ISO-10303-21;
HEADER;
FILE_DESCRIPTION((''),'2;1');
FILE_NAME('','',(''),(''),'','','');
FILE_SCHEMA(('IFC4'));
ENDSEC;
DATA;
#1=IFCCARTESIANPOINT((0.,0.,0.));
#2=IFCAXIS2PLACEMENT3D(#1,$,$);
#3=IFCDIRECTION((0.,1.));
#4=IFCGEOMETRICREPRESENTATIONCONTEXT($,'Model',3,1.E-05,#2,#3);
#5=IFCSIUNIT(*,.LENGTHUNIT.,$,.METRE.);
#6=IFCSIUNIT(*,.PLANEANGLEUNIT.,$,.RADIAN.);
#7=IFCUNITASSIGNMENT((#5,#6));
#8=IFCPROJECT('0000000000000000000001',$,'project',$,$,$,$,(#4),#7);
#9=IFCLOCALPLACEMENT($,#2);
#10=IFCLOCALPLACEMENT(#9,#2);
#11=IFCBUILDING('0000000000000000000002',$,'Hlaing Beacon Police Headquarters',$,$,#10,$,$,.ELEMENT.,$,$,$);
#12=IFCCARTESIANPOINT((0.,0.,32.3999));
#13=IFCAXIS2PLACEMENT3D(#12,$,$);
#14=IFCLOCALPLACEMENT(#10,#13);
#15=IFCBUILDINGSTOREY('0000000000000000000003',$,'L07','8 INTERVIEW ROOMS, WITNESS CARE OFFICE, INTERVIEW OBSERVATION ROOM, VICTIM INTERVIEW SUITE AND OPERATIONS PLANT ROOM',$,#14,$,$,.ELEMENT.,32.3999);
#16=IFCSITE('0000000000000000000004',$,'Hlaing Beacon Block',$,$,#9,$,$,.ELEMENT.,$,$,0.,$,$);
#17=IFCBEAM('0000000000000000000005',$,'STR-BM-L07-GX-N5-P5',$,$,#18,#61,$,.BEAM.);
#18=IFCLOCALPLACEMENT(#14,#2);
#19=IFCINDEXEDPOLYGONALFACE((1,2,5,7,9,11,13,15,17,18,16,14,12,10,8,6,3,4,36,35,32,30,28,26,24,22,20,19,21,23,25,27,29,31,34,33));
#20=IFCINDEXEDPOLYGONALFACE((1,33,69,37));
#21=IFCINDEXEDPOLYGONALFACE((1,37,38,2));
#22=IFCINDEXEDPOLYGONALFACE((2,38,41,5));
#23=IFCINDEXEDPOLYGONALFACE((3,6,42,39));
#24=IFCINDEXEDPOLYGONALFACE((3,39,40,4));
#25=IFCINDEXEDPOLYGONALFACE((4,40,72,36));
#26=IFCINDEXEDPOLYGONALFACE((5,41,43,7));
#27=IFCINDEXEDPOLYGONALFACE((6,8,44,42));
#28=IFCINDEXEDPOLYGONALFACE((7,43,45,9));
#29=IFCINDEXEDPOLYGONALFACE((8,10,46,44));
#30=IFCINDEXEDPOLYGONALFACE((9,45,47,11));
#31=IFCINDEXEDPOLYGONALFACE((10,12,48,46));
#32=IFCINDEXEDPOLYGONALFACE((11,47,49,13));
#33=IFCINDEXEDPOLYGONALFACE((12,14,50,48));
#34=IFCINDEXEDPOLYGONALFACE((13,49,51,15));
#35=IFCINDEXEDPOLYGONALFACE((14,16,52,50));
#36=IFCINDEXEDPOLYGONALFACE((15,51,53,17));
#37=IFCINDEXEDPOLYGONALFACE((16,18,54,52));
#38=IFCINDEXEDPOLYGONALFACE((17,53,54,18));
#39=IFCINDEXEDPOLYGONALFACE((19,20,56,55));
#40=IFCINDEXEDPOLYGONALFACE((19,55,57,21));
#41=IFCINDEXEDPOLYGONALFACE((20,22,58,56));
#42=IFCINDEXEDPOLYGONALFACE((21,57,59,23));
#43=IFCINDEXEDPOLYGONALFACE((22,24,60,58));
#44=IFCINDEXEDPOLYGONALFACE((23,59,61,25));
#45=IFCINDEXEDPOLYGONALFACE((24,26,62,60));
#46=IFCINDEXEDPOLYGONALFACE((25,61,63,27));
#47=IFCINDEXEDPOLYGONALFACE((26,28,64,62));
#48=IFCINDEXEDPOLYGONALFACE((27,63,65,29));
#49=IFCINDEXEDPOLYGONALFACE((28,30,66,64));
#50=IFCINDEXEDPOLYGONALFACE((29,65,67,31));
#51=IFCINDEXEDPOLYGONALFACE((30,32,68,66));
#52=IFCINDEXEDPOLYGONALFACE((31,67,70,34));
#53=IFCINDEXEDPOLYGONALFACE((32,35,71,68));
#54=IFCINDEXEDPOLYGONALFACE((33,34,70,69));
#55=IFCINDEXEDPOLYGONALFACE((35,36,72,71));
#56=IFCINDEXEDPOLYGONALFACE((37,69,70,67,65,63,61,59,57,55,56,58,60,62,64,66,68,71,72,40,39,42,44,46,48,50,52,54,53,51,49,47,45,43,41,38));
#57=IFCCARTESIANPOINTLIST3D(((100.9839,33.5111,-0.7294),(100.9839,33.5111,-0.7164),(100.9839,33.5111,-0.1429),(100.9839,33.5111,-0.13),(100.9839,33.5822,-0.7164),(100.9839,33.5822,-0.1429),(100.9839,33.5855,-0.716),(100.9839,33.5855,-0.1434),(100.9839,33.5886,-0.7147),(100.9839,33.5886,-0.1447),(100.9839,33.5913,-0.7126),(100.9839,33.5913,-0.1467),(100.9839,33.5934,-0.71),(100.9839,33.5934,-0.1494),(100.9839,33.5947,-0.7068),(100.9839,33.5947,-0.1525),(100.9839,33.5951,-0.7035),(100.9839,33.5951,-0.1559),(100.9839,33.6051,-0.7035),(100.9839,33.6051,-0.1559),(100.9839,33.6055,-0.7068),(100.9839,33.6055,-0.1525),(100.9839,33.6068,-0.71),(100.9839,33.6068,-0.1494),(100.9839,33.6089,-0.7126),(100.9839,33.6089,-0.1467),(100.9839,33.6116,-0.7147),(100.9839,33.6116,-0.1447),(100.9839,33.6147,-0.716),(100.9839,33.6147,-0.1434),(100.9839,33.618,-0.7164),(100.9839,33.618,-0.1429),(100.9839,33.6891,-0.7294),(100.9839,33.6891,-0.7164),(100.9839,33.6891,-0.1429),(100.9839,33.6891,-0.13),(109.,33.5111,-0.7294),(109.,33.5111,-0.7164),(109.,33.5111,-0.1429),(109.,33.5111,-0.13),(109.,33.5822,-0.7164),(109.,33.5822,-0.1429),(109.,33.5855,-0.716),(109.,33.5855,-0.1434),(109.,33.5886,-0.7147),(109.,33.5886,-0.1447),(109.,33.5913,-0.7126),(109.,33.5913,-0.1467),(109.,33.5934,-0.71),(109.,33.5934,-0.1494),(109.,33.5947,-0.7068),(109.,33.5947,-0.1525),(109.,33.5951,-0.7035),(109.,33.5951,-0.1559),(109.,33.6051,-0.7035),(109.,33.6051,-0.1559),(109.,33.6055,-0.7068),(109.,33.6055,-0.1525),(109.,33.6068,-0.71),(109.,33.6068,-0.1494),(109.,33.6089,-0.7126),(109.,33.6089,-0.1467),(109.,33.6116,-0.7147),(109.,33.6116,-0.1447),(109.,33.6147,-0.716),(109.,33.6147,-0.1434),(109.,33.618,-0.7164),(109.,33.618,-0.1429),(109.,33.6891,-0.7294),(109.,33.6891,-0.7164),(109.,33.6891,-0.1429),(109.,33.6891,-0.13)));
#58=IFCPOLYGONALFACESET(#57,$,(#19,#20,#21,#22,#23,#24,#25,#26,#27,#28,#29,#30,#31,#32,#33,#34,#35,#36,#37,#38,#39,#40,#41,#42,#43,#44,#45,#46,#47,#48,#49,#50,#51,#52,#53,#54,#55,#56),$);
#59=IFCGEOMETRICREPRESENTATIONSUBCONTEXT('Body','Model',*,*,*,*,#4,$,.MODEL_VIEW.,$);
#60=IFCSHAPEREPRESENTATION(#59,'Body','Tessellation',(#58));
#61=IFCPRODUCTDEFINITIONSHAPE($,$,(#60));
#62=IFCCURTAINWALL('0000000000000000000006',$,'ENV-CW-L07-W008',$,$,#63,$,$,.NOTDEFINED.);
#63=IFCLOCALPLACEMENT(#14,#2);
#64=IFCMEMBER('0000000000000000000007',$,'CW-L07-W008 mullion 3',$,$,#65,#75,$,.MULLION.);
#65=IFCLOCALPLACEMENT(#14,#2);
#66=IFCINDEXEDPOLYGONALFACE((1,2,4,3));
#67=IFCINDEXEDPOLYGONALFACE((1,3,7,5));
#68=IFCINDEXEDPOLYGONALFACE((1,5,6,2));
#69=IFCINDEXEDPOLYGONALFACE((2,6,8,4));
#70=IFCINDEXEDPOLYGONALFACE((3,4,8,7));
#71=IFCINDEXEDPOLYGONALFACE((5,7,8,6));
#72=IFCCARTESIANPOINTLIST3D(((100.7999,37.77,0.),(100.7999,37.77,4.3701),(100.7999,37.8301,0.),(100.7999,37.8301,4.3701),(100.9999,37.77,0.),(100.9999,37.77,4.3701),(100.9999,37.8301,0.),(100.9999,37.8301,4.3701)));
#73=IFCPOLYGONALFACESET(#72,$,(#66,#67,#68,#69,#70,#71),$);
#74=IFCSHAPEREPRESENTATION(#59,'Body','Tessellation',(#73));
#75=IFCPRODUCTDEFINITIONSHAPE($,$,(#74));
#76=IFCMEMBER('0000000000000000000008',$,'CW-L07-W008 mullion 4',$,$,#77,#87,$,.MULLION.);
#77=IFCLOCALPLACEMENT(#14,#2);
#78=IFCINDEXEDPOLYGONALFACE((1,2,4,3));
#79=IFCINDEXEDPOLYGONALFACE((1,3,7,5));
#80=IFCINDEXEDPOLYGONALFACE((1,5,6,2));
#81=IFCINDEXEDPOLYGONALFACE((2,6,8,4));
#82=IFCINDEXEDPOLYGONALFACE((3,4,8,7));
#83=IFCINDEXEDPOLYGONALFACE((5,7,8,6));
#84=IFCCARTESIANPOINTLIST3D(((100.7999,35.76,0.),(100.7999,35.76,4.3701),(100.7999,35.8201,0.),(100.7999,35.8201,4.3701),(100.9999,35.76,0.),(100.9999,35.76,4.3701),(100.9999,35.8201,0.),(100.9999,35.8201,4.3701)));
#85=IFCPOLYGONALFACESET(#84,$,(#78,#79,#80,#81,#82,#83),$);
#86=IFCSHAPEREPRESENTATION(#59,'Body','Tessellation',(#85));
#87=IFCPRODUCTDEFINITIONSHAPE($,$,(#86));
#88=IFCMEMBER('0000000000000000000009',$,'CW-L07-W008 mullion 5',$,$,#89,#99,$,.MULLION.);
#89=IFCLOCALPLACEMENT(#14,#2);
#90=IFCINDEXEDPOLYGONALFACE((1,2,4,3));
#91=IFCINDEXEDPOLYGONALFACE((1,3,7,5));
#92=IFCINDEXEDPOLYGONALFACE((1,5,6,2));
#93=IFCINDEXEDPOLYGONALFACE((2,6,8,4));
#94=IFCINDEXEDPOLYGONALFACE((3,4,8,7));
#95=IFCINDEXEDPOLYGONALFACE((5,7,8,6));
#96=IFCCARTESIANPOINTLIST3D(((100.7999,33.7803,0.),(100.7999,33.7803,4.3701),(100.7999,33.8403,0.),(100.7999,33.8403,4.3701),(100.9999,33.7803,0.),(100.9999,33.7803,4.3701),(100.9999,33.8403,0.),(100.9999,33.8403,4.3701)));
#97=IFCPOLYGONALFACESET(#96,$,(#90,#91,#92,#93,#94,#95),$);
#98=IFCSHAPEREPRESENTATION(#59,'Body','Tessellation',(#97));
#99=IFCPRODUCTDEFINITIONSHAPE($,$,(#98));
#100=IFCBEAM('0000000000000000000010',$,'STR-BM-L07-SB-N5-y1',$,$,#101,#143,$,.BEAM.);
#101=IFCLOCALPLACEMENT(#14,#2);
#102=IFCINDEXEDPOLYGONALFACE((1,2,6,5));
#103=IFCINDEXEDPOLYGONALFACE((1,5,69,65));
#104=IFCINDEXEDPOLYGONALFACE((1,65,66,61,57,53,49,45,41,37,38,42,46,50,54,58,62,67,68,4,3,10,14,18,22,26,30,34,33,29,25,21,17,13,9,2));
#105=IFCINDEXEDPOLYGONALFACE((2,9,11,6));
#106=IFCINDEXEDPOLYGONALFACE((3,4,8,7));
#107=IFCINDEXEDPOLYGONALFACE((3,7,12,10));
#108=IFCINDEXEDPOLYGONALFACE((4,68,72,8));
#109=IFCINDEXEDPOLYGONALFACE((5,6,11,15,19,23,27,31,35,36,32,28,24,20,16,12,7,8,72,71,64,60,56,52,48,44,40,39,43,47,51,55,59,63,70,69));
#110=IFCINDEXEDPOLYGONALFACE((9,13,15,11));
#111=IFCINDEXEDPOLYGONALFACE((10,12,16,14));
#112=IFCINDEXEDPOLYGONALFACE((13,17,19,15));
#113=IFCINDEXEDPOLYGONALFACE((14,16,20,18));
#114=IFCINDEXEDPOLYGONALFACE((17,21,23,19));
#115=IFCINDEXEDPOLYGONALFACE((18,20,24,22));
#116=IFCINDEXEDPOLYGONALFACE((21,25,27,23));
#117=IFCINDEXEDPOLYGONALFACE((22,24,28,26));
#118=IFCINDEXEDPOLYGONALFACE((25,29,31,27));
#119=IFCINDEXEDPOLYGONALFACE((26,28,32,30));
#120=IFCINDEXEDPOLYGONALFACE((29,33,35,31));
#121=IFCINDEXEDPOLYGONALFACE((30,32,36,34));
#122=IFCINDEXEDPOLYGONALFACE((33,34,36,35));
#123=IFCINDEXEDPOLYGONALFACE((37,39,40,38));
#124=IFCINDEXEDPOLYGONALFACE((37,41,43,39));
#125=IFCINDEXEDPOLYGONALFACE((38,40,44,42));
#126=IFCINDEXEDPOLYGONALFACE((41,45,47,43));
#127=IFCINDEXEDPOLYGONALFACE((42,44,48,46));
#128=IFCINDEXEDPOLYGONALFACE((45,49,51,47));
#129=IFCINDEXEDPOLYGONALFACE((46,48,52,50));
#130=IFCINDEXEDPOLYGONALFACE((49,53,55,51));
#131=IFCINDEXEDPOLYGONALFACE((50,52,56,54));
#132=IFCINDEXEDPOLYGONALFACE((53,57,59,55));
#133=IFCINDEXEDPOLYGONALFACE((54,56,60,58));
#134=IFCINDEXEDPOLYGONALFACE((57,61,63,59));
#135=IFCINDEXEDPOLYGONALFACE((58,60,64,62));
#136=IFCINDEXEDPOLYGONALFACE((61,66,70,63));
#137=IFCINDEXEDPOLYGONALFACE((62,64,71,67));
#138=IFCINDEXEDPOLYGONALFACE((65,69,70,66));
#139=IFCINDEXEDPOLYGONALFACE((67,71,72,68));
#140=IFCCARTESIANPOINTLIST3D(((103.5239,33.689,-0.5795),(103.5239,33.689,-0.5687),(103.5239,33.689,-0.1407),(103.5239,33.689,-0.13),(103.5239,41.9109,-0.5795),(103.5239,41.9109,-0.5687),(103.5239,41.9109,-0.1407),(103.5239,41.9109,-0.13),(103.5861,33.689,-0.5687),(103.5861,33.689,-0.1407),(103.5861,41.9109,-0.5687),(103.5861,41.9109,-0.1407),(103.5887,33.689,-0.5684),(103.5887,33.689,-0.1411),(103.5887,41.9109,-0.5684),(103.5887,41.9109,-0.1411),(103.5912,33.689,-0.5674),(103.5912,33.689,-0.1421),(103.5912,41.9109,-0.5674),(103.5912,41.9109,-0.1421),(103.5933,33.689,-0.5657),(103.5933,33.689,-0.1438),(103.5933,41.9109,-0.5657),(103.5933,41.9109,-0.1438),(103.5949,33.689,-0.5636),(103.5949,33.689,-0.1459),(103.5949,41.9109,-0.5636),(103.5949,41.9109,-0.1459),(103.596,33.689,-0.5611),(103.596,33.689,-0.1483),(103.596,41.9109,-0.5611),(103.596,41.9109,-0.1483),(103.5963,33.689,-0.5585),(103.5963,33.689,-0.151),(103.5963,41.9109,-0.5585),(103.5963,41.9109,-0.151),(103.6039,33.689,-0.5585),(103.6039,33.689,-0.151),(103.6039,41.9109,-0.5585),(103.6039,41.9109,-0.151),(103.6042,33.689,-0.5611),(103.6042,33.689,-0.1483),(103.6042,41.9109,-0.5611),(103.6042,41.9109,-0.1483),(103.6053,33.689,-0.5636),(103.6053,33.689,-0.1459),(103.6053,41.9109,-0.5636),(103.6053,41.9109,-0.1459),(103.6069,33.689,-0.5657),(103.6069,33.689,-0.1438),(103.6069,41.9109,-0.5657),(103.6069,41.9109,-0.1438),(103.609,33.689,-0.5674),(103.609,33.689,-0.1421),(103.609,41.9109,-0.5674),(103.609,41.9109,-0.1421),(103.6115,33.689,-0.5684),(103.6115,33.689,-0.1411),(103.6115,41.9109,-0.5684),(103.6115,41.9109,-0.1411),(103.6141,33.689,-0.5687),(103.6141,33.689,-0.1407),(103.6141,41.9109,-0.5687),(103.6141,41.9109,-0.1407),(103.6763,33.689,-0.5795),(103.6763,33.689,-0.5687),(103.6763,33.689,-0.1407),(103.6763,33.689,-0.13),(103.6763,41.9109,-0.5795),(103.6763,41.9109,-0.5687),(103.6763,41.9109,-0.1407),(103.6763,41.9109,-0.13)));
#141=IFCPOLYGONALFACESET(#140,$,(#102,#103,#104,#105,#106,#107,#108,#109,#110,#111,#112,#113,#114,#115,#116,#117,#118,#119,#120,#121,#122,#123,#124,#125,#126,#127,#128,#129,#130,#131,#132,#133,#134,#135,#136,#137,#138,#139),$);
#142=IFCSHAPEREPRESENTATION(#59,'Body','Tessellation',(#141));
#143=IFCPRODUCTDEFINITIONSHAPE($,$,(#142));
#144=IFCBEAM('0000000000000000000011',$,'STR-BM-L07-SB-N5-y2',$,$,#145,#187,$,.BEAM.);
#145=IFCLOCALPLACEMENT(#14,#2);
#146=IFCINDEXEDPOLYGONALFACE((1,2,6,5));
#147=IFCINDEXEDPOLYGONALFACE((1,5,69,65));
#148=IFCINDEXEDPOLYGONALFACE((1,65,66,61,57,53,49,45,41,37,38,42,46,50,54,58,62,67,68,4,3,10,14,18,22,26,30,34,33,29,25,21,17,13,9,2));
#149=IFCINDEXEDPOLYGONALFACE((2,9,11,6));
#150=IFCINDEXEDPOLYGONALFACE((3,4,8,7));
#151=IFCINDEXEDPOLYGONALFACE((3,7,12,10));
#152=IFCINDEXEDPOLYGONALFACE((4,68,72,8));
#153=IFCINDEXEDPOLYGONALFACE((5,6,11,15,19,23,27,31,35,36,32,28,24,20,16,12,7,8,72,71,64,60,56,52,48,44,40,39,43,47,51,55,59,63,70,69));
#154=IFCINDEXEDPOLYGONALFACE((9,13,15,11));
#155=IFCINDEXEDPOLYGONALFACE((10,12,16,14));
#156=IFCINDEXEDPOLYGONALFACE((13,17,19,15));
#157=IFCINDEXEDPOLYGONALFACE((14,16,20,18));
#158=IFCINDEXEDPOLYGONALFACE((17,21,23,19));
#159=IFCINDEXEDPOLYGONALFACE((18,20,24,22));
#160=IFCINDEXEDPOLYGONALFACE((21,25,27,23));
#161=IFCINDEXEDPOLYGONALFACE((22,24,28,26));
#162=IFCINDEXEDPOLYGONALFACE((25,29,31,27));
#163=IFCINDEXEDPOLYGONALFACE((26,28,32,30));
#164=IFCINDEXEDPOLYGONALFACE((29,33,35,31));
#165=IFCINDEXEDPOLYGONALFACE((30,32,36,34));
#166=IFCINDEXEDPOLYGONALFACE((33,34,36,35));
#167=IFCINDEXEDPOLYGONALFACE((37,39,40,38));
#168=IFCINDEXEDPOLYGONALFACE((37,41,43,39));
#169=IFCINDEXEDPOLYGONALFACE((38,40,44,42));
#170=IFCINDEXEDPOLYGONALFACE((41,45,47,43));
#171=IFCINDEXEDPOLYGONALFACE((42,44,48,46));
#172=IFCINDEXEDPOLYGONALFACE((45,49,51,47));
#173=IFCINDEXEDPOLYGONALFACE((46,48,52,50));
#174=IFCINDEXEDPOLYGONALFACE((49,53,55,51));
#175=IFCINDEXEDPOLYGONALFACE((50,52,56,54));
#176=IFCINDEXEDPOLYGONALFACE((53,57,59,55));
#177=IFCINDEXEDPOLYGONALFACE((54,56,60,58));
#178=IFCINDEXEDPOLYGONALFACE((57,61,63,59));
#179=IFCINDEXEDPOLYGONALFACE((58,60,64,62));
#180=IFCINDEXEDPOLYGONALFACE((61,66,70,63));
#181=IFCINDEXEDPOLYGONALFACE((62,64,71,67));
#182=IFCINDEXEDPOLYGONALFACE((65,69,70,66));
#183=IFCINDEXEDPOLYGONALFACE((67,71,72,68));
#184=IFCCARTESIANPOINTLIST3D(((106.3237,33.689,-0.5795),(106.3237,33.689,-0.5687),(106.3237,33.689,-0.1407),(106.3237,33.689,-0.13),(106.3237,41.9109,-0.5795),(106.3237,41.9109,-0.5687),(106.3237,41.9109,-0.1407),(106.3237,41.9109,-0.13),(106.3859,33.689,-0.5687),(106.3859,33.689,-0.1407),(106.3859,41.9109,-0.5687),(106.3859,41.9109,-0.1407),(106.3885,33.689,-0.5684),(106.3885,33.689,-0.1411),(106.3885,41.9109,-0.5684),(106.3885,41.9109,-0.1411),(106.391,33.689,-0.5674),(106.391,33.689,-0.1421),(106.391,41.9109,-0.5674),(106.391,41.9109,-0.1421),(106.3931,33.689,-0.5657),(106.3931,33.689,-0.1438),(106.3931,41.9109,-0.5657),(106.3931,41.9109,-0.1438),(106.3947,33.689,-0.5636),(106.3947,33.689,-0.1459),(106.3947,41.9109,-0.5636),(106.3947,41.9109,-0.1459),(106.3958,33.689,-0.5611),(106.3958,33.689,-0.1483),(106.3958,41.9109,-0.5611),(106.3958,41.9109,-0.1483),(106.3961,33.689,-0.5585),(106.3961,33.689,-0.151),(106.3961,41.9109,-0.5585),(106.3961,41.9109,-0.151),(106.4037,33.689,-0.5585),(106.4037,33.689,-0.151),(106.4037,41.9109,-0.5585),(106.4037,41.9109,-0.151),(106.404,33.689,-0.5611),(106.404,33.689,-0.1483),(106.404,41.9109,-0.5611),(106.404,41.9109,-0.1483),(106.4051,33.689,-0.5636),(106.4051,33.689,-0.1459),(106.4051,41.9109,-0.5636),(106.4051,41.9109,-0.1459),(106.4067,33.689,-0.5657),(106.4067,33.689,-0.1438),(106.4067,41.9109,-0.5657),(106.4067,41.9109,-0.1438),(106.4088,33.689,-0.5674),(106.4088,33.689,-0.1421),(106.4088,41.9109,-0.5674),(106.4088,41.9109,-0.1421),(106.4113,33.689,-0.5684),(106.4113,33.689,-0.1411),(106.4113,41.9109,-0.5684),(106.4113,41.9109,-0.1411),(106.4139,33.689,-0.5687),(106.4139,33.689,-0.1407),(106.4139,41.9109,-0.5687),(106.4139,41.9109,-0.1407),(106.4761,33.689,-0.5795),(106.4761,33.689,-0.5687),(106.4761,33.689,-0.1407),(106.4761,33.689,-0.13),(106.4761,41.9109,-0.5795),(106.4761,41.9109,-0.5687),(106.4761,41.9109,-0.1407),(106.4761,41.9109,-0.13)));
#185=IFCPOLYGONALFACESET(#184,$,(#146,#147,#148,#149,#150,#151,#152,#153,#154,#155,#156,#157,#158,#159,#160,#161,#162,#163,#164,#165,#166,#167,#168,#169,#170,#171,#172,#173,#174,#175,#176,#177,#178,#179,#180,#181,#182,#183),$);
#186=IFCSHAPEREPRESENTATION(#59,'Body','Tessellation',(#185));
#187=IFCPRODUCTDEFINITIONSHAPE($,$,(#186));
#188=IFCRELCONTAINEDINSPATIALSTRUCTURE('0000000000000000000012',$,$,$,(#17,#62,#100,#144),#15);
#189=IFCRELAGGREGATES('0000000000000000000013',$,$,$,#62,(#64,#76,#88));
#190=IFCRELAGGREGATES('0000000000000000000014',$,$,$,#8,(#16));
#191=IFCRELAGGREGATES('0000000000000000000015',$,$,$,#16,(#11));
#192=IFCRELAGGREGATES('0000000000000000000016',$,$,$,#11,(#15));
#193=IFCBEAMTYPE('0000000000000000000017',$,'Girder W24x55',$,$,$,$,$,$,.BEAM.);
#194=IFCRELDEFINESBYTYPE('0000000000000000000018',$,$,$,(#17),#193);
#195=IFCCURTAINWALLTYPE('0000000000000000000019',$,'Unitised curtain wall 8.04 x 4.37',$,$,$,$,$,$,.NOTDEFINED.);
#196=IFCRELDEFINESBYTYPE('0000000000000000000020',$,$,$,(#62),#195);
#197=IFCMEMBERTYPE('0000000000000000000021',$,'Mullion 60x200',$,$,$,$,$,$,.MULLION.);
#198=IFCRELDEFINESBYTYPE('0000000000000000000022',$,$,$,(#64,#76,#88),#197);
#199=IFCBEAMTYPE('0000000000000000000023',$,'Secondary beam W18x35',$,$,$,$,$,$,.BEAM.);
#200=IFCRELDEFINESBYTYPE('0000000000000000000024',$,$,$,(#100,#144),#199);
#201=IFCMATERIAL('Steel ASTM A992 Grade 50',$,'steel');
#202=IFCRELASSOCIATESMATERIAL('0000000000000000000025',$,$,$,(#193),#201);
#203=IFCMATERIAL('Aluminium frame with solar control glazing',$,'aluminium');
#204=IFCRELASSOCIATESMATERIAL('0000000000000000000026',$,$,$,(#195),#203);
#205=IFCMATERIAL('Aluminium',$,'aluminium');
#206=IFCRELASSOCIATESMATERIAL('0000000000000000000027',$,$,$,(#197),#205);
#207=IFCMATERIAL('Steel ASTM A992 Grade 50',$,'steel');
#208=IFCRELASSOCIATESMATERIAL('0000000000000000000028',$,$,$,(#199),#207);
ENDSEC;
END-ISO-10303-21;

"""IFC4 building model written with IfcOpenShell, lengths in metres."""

from ifc_helpers import new_model, si_unit, direction, frame, origin, origin_2d, place, context, subcontext, project, spatial, rectangle, i_section, extrude, material, material_profile, profile_set, type_object, element, aggregate, save


model = new_model("IFC4")

# Units and contexts
model_context = context("Model", 3, precision=1e-05, world=origin(), true_north=direction((0.0, 1.0)))
body_context = subcontext(model_context, "Body", "Model", "MODEL_VIEW")
ifc_project = project(units=[si_unit("LENGTHUNIT", "METRE"), si_unit("PLANEANGLEUNIT", "RADIAN")], contexts=[model_context])

# Site, building, storey
site_placement = place(None, origin())
site = spatial("IfcSite", under=ifc_project, at=site_placement, Name="Hlaing Beacon Block", CompositionType="ELEMENT", RefElevation=0.0)
building_placement = place(site_placement, origin())
building = spatial("IfcBuilding", under=site, at=building_placement, Name="Hlaing Beacon Police Headquarters", CompositionType="ELEMENT")
storey_placement = place(building_placement, frame((0.0, 0.0, 32.3999)))
storey = spatial("IfcBuildingStorey", under=building, at=storey_placement, Name="L07", Description="8 INTERVIEW ROOMS, WITNESS CARE OFFICE, INTERVIEW OBSERVATION ROOM, VICTIM INTERVIEW SUITE AND OPERATIONS PLANT ROOM", CompositionType="ELEMENT", Elevation=32.3999)

# Beam
ifc_material_1 = material(Name="Steel ASTM A992 Grade 50", Category="steel")
ifc_material_profile_1 = material_profile(ifc_material_1, i_section(OverallWidth=0.178, OverallDepth=0.5994, WebThickness=0.01, FlangeThickness=0.0129, FilletRadius=0.0129, at=origin_2d()), Name="W24x55")
ifc_profile_set_1 = profile_set([ifc_material_profile_1], Name="Steel ASTM A992 Grade 50")
beam_type_1 = type_object("IfcBeamType", Name="Girder W24x55", PredefinedType="BEAM", material=ifc_profile_set_1)
beam_1_placement = place(storey_placement, frame((100.9839, 33.6001, -0.4297), z_axis=(1.0, 0.0, 0.0), x_axis=(0.0, 1.0, 0.0)))
element("IfcBeam", 1, at=beam_1_placement, inside=storey, type_object=beam_type_1, Name="STR-BM-L07-GX-N5-P5", PredefinedType="BEAM", context=body_context, shape_type="SweptSolid", body=[
    extrude(i_section(OverallWidth=0.178, OverallDepth=0.5994, WebThickness=0.01, FlangeThickness=0.0129, FilletRadius=0.0129, at=origin_2d()), origin(), (0.0, 0.0, 1.0), 8.0161),
])

# Curtain wall, members
ifc_material_2 = material(Name="Aluminium frame with solar control glazing", Category="aluminium")
curtain_wall_type = type_object("IfcCurtainWallType", Name="Unitised curtain wall 8.04 x 4.37", PredefinedType="NOTDEFINED", material=ifc_material_2)
curtain_wall_placement = place(storey_placement, origin())
curtain_wall = element("IfcCurtainWall", 2, at=curtain_wall_placement, inside=storey, type_object=curtain_wall_type, Name="ENV-CW-L07-W008", PredefinedType="NOTDEFINED")
ifc_material_3 = material(Name="Aluminium", Category="aluminium")
ifc_material_profile_2 = material_profile(ifc_material_3, rectangle(XDim=0.2, YDim=0.0601, at=origin_2d()), Name="Mullion 60x200")
ifc_profile_set_2 = profile_set([ifc_material_profile_2], Name="Aluminium")
member_type_1 = type_object("IfcMemberType", Name="Mullion 60x200", PredefinedType="MULLION", material=ifc_profile_set_2)
member_1_placement = place(storey_placement, frame((100.8999, 37.8, 0.0), z_axis=(0.0, 0.0, 1.0), x_axis=(1.0, 0.0, 0.0)))
member_1 = element("IfcMember", 3, at=member_1_placement, type_object=member_type_1, Name="CW-L07-W008 mullion 3", PredefinedType="MULLION", context=body_context, shape_type="SweptSolid", body=[
    extrude(rectangle(XDim=0.2, YDim=0.0601, at=origin_2d()), origin(), (0.0, 0.0, 1.0), 4.3701),
])
member_2_placement = place(storey_placement, frame((100.8999, 35.79, 0.0), z_axis=(0.0, 0.0, 1.0), x_axis=(1.0, 0.0, 0.0)))
member_2 = element("IfcMember", 4, at=member_2_placement, type_object=member_type_1, Name="CW-L07-W008 mullion 4", PredefinedType="MULLION", context=body_context, shape_type="SweptSolid", body=[
    extrude(rectangle(XDim=0.2, YDim=0.0601, at=origin_2d()), origin(), (0.0, 0.0, 1.0), 4.3701),
])
member_3_placement = place(storey_placement, frame((100.8999, 33.8103, 0.0), z_axis=(0.0, 0.0, 1.0), x_axis=(1.0, 0.0, 0.0)))
member_3 = element("IfcMember", 5, at=member_3_placement, type_object=member_type_1, Name="CW-L07-W008 mullion 5", PredefinedType="MULLION", context=body_context, shape_type="SweptSolid", body=[
    extrude(rectangle(XDim=0.2, YDim=0.0601, at=origin_2d()), origin(), (0.0, 0.0, 1.0), 4.3701),
])

# Beams
ifc_material_4 = material(Name="Steel ASTM A992 Grade 50", Category="steel")
ifc_material_profile_3 = material_profile(ifc_material_4, i_section(OverallWidth=0.1523, OverallDepth=0.4495, WebThickness=0.0076, FlangeThickness=0.0107, FilletRadius=0.0103, at=origin_2d()), Name="W18x35")
ifc_profile_set_3 = profile_set([ifc_material_profile_3], Name="Steel ASTM A992 Grade 50")
beam_type_2 = type_object("IfcBeamType", Name="Secondary beam W18x35", PredefinedType="BEAM", material=ifc_profile_set_3)
for number, where, z_axis, x_axis, name in (
    (6, (103.6001, 33.689, -0.3547), (0.0, 1.0, 0.0), (-1.0, 0.0, 0.0), "STR-BM-L07-SB-N5-y1"),
    (7, (106.3999, 33.689, -0.3547), (0.0, 1.0, 0.0), (-1.0, 0.0, 0.0), "STR-BM-L07-SB-N5-y2"),
):
    element("IfcBeam", number, at=place(storey_placement, frame(where, z_axis=z_axis, x_axis=x_axis)), inside=storey, type_object=beam_type_2, Name=name, PredefinedType="BEAM", context=body_context, shape_type="SweptSolid", body=[
        extrude(i_section(OverallWidth=0.1523, OverallDepth=0.4495, WebThickness=0.0076, FlangeThickness=0.0107, FilletRadius=0.0103, at=origin_2d()), origin(), (0.0, 0.0, 1.0), 8.2219),
    ])

aggregate(curtain_wall, [member_1, member_2, member_3])

save(model, "model.ifc")
